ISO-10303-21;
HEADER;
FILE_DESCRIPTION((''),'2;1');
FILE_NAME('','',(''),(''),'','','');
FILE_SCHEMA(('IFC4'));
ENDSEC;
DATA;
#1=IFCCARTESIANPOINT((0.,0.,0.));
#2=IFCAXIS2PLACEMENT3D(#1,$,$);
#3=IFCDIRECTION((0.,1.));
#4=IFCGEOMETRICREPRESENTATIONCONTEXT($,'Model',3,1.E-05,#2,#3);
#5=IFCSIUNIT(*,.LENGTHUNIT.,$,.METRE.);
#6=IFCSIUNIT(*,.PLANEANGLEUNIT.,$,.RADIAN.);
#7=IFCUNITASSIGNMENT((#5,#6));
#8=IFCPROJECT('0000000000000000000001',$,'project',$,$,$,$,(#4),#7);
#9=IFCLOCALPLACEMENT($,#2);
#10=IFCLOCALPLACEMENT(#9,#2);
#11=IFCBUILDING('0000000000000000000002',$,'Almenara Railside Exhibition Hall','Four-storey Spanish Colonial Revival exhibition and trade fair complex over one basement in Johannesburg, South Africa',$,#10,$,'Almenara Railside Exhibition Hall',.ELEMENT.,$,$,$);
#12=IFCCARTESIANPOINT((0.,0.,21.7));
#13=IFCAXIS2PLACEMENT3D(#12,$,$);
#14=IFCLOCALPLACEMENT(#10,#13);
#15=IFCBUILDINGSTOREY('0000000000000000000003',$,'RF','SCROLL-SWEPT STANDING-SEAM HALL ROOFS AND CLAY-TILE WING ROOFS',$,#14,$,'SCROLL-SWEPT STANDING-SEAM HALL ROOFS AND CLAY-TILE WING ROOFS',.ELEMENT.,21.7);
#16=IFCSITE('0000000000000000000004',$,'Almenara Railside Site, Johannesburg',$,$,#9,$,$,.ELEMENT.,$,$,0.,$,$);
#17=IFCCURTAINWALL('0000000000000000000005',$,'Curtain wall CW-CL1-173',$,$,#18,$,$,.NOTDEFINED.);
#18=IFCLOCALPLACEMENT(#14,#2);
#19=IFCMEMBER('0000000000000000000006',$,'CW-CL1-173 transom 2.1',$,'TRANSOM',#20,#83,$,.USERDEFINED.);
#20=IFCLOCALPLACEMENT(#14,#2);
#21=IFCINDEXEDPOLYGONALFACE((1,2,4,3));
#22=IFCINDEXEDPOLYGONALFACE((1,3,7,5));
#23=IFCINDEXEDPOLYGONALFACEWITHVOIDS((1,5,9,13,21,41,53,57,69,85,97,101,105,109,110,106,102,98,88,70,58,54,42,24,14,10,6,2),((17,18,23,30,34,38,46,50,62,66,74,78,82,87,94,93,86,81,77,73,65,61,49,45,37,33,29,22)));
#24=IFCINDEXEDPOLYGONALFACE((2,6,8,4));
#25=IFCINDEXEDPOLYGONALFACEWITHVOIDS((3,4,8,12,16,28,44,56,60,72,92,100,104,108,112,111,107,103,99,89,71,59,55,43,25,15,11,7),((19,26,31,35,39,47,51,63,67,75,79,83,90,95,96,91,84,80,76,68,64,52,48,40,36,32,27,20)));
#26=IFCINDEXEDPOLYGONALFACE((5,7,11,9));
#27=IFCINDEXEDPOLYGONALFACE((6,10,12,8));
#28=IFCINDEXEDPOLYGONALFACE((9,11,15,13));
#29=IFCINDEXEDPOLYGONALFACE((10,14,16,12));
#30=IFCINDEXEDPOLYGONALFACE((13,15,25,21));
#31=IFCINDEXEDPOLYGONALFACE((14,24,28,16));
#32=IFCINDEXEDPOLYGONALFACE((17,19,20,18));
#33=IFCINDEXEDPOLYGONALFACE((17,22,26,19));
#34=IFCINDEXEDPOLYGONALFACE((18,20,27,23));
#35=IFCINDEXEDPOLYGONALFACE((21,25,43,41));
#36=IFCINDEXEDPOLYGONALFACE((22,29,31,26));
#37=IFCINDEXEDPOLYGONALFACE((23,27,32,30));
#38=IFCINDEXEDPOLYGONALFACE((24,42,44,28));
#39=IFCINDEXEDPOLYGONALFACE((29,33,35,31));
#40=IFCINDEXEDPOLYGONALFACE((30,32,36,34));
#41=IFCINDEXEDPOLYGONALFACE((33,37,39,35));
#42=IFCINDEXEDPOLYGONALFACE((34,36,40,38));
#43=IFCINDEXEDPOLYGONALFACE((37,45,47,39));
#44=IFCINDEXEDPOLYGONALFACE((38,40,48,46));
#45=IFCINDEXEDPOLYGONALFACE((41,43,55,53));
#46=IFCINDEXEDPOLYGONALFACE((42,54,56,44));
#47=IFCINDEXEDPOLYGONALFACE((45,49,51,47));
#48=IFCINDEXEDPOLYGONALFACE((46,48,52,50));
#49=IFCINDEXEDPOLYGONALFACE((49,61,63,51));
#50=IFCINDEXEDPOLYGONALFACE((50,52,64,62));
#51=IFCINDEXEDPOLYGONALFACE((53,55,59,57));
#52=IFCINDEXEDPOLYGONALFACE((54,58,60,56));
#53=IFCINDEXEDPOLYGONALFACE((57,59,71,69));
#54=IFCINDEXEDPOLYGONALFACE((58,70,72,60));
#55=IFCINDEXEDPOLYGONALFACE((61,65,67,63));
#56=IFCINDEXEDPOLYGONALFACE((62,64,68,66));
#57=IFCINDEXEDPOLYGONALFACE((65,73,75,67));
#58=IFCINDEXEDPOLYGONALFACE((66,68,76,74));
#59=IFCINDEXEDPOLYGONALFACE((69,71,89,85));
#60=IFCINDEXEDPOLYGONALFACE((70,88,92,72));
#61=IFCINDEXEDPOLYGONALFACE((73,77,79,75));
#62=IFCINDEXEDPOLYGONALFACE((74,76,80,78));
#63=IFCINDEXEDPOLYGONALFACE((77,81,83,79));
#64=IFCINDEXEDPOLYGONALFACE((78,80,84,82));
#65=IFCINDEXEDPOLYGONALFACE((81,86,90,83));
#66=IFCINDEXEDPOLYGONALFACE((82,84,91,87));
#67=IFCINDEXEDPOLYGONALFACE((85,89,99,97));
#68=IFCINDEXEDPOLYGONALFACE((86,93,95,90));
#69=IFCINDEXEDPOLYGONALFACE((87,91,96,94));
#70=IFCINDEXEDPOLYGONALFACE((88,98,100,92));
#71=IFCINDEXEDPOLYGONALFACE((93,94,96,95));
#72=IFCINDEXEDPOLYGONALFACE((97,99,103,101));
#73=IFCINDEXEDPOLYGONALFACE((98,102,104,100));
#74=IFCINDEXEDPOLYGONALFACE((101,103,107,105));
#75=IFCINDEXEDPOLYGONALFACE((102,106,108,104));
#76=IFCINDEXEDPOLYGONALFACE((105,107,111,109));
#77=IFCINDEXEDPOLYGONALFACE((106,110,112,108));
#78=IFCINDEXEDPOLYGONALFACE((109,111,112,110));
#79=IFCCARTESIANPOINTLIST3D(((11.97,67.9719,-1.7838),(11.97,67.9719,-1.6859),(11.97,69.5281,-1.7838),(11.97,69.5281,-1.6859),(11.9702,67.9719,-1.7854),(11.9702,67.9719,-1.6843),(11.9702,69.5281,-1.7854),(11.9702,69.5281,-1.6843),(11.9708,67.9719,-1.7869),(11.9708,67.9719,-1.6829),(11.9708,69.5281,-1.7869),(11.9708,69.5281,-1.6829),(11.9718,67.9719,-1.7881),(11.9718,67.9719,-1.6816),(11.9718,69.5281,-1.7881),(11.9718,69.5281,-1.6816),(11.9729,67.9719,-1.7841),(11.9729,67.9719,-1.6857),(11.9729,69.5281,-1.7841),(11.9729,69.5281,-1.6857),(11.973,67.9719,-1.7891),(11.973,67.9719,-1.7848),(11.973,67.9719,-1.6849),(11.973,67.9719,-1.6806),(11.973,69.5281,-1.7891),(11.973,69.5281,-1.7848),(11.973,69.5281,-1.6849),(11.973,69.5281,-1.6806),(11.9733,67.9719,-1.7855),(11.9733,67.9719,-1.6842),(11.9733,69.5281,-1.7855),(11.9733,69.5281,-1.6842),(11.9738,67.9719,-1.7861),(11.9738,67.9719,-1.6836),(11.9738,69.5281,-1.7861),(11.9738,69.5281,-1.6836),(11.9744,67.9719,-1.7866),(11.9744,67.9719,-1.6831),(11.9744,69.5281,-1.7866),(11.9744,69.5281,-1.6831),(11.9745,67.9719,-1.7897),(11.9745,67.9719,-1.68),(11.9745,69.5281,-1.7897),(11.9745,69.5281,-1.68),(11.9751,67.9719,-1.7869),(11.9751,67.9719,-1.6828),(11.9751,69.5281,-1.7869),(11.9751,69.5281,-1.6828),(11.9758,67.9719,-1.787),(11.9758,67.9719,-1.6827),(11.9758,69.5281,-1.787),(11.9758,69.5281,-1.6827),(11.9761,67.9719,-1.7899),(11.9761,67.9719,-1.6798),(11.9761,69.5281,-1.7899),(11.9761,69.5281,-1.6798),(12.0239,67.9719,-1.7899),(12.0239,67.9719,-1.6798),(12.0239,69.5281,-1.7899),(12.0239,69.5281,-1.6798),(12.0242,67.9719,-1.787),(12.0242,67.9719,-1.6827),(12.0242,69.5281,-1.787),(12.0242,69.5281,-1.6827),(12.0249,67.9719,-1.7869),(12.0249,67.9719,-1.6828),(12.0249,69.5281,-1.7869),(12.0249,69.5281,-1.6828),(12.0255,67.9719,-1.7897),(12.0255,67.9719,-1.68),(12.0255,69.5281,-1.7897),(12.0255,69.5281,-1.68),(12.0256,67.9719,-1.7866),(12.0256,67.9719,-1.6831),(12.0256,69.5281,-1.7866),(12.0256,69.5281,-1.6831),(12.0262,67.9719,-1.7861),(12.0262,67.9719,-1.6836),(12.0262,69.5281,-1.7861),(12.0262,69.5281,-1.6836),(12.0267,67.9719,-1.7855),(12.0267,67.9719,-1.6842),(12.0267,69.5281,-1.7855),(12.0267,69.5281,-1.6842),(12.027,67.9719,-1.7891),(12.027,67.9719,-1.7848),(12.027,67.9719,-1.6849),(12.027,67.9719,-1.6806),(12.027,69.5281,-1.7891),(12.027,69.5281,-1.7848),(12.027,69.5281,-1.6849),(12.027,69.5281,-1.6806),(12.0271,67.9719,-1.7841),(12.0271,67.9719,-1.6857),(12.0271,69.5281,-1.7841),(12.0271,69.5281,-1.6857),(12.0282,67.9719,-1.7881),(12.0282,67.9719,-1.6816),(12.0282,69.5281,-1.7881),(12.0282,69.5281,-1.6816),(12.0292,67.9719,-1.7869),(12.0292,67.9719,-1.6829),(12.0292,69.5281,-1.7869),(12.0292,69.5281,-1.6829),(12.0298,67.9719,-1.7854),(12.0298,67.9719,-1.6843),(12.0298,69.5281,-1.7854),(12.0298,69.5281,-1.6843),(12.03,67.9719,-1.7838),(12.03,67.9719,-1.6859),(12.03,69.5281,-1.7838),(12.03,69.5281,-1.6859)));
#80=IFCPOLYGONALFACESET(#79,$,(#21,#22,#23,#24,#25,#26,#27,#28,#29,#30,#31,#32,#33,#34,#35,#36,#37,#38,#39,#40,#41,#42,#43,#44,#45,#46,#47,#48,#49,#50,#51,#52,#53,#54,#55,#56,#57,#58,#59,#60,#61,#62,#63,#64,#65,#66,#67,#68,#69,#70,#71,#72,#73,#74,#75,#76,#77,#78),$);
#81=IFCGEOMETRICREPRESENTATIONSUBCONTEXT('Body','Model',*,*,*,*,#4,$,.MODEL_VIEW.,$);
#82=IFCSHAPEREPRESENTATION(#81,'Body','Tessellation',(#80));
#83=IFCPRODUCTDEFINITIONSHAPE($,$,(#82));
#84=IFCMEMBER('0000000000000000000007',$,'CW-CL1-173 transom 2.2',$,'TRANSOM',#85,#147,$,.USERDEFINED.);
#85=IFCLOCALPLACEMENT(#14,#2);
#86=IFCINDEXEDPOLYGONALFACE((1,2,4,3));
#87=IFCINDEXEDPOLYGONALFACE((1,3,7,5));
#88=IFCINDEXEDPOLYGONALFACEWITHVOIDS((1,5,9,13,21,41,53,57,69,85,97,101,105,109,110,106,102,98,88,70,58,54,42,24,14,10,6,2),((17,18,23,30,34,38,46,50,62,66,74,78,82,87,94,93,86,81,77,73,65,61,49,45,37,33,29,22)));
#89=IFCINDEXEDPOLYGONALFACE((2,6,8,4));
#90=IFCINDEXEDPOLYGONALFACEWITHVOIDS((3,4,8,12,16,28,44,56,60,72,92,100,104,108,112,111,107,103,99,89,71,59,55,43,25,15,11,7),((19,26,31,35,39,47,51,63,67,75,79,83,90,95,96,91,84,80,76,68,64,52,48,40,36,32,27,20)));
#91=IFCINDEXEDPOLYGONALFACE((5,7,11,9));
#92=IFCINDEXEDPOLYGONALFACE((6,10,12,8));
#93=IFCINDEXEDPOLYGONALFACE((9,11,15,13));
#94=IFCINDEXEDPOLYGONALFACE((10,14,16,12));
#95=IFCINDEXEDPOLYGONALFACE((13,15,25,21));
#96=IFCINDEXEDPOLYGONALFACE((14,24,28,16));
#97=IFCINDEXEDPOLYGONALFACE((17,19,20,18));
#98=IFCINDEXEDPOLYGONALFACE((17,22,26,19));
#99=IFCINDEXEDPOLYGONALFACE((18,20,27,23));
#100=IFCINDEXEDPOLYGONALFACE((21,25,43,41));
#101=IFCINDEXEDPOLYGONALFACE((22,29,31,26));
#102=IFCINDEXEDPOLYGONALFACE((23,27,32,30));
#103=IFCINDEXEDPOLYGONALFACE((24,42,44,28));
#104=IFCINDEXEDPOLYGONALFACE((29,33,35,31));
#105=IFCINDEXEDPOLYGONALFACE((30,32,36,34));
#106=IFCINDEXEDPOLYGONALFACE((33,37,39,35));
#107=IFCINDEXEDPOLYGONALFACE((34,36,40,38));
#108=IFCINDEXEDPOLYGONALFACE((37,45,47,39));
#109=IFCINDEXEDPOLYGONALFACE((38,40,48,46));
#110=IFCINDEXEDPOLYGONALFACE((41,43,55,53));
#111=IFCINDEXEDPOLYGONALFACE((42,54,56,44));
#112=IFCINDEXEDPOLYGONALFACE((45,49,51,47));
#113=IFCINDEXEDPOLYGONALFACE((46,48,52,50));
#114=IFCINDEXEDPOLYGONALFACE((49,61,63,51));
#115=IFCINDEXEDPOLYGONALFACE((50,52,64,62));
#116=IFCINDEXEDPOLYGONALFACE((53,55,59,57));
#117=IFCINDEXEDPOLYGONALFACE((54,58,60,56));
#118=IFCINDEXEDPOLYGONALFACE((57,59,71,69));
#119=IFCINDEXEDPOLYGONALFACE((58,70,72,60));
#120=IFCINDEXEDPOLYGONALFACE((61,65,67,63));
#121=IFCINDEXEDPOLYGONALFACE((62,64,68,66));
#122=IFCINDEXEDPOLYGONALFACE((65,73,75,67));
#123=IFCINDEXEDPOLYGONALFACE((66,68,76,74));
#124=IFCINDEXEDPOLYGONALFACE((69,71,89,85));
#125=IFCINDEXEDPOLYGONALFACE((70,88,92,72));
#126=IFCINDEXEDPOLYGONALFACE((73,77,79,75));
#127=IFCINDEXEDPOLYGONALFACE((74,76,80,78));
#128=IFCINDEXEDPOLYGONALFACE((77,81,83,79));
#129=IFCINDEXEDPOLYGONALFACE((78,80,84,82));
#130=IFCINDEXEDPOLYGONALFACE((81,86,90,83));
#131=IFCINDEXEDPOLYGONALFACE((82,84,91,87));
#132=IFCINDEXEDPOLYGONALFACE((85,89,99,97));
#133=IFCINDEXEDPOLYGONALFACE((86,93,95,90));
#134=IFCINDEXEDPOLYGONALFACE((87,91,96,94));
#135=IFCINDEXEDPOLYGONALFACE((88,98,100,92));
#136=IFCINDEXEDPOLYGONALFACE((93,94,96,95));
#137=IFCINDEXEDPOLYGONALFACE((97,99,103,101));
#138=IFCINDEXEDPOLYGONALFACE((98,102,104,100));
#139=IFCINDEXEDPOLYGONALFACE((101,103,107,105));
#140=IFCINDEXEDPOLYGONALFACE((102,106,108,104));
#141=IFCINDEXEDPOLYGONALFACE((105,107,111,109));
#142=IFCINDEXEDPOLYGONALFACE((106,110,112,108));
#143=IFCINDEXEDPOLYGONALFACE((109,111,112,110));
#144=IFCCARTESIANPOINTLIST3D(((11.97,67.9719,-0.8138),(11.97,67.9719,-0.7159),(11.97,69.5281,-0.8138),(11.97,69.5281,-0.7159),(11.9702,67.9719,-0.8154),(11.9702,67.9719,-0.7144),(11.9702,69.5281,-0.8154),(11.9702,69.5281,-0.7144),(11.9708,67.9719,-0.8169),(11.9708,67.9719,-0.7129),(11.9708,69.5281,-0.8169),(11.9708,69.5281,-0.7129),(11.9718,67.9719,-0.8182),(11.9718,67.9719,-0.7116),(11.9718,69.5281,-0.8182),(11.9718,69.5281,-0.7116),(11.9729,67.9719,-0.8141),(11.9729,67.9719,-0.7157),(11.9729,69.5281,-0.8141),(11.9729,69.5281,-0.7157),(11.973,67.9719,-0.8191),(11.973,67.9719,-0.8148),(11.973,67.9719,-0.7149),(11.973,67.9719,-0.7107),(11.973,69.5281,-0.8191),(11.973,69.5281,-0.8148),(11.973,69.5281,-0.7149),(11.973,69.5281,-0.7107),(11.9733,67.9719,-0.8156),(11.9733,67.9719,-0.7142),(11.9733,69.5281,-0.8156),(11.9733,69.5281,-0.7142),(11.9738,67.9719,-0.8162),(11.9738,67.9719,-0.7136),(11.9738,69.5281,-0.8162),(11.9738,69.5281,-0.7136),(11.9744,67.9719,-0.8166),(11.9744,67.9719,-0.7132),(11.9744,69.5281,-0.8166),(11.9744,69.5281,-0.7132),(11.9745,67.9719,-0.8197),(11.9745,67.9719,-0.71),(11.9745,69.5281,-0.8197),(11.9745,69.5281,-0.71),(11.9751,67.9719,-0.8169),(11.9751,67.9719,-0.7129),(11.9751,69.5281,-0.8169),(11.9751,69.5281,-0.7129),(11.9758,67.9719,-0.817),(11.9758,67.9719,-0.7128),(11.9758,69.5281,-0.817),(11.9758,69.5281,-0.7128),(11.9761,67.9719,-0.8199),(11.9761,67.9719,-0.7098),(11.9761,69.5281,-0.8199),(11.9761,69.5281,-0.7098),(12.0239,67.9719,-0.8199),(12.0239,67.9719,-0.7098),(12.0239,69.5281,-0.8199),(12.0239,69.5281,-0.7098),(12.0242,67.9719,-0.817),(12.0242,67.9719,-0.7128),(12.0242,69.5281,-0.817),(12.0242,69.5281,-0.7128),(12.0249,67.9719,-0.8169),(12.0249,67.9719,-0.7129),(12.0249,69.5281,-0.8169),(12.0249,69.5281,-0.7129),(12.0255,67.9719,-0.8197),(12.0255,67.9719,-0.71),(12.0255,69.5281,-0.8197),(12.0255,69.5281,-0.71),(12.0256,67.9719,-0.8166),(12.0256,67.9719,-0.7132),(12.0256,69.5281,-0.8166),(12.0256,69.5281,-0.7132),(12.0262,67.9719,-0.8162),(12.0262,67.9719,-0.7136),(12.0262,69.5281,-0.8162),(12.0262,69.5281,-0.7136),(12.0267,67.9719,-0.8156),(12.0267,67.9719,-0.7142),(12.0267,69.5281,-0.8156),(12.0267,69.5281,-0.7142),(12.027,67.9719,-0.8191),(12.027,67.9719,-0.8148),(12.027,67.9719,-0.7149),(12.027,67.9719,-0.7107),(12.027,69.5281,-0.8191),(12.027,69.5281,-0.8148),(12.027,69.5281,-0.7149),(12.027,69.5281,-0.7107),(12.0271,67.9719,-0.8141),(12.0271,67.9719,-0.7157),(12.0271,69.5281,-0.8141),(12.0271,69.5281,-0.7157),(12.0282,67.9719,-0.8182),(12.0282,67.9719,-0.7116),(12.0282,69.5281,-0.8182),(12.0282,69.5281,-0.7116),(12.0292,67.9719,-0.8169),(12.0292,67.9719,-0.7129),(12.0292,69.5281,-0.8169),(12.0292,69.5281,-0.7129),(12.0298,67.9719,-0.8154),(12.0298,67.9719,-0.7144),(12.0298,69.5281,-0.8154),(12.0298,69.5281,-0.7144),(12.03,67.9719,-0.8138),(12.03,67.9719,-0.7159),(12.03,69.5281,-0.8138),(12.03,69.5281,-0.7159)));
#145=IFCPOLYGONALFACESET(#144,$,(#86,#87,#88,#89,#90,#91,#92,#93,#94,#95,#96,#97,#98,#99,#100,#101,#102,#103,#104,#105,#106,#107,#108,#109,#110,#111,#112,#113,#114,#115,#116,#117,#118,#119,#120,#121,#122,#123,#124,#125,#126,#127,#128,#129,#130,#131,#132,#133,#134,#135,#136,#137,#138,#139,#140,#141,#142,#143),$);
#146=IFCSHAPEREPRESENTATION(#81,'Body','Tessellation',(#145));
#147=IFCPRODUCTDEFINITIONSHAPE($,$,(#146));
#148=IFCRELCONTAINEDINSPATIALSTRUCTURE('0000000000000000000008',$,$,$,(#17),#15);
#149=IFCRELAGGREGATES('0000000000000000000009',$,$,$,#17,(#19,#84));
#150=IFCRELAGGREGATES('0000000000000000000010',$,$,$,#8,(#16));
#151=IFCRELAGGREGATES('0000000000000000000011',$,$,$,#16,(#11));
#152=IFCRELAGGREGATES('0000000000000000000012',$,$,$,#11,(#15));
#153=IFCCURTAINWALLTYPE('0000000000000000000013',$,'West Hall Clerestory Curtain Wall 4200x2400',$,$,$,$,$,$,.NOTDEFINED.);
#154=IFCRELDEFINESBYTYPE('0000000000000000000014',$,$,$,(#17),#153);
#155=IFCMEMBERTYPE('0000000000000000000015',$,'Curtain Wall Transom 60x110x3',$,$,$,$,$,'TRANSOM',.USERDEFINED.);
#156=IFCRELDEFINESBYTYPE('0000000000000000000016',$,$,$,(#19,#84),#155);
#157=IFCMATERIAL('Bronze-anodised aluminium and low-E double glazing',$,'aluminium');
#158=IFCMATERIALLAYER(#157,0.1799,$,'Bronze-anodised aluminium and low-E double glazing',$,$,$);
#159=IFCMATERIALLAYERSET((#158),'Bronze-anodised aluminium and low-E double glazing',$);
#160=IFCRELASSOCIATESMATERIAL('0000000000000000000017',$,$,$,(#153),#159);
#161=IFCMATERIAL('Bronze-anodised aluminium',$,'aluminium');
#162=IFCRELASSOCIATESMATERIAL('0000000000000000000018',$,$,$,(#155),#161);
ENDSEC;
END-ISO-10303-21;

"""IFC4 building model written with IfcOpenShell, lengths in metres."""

from ifc_helpers import new_model, si_unit, direction, frame, origin, origin_2d, place, context, subcontext, project, spatial, hollow_rectangle, extrude, material, layer, layer_set, material_profile, profile_set, type_object, element, aggregate, save


model = new_model("IFC4")

# Units and contexts
model_context = context("Model", 3, precision=1e-05, world=origin(), true_north=direction((0.0, 1.0)))
body_context = subcontext(model_context, "Body", "Model", "MODEL_VIEW")
ifc_project = project(units=[si_unit("LENGTHUNIT", "METRE"), si_unit("PLANEANGLEUNIT", "RADIAN")], contexts=[model_context])

# Site, building, storey
site_placement = place(None, origin())
site = spatial("IfcSite", under=ifc_project, at=site_placement, Name="Almenara Railside Site, Johannesburg", CompositionType="ELEMENT", RefElevation=0.0)
building_placement = place(site_placement, origin())
building = spatial("IfcBuilding", under=site, at=building_placement, Name="Almenara Railside Exhibition Hall", Description="Four-storey Spanish Colonial Revival exhibition and trade fair complex over one basement in Johannesburg, South Africa", LongName="Almenara Railside Exhibition Hall", CompositionType="ELEMENT")
storey_placement = place(building_placement, frame((0.0, 0.0, 21.7)))
storey = spatial("IfcBuildingStorey", under=building, at=storey_placement, Name="RF", Description="SCROLL-SWEPT STANDING-SEAM HALL ROOFS AND CLAY-TILE WING ROOFS", LongName="SCROLL-SWEPT STANDING-SEAM HALL ROOFS AND CLAY-TILE WING ROOFS", CompositionType="ELEMENT", Elevation=21.7)

# Curtain wall
ifc_material_1 = material(Name="Bronze-anodised aluminium and low-E double glazing", Category="aluminium")
ifc_layer_1 = layer(ifc_material_1, 0.1799, Name="Bronze-anodised aluminium and low-E double glazing")
ifc_layer_set_1 = layer_set([ifc_layer_1], Name="Bronze-anodised aluminium and low-E double glazing")
curtain_wall_type = type_object("IfcCurtainWallType", Name="West Hall Clerestory Curtain Wall 4200x2400", PredefinedType="NOTDEFINED", material=ifc_layer_set_1)
curtain_wall_1_placement = place(storey_placement, origin())
curtain_wall_1 = element("IfcCurtainWall", 1, at=curtain_wall_1_placement, inside=storey, type_object=curtain_wall_type, Name="Curtain wall CW-CL1-173", PredefinedType="NOTDEFINED")
ifc_material_2 = material(Name="Bronze-anodised aluminium", Category="aluminium")

# Members
ifc_material_profile_1 = material_profile(ifc_material_2, hollow_rectangle(XDim=0.0601, YDim=0.1101, WallThickness=0.0029, InnerFilletRadius=0.0029, OuterFilletRadius=0.0061, at=origin_2d()), Name="ALU-TRN 60x110x3")
ifc_profile_set_1 = profile_set([ifc_material_profile_1], Name="Bronze-anodised aluminium")
member_type_1 = type_object("IfcMemberType", Name="Curtain Wall Transom 60x110x3", ElementType="TRANSOM", PredefinedType="USERDEFINED", material=ifc_profile_set_1)
member_1_placement = place(storey_placement, frame((12.0, 67.9719, -1.7349), z_axis=(0.0, 1.0, 0.0), x_axis=(-1.0, 0.0, 0.0)))
member_1 = element("IfcMember", 2, at=member_1_placement, type_object=member_type_1, Name="CW-CL1-173 transom 2.1", ObjectType="TRANSOM", PredefinedType="USERDEFINED", context=body_context, shape_type="SweptSolid", body=[
    extrude(hollow_rectangle(XDim=0.0601, YDim=0.1101, WallThickness=0.0029, InnerFilletRadius=0.0029, OuterFilletRadius=0.0061, at=origin_2d()), origin(), (0.0, 0.0, 1.0), 1.5562),
])
member_2_placement = place(storey_placement, frame((12.0, 67.9719, -0.7649), z_axis=(0.0, 1.0, 0.0), x_axis=(-1.0, 0.0, 0.0)))
member_2 = element("IfcMember", 3, at=member_2_placement, type_object=member_type_1, Name="CW-CL1-173 transom 2.2", ObjectType="TRANSOM", PredefinedType="USERDEFINED", context=body_context, shape_type="SweptSolid", body=[
    extrude(hollow_rectangle(XDim=0.0601, YDim=0.1101, WallThickness=0.0029, InnerFilletRadius=0.0029, OuterFilletRadius=0.0061, at=origin_2d()), origin(), (0.0, 0.0, 1.0), 1.5562),
])

aggregate(curtain_wall_1, [member_1, member_2])

save(model, "model.ifc")
